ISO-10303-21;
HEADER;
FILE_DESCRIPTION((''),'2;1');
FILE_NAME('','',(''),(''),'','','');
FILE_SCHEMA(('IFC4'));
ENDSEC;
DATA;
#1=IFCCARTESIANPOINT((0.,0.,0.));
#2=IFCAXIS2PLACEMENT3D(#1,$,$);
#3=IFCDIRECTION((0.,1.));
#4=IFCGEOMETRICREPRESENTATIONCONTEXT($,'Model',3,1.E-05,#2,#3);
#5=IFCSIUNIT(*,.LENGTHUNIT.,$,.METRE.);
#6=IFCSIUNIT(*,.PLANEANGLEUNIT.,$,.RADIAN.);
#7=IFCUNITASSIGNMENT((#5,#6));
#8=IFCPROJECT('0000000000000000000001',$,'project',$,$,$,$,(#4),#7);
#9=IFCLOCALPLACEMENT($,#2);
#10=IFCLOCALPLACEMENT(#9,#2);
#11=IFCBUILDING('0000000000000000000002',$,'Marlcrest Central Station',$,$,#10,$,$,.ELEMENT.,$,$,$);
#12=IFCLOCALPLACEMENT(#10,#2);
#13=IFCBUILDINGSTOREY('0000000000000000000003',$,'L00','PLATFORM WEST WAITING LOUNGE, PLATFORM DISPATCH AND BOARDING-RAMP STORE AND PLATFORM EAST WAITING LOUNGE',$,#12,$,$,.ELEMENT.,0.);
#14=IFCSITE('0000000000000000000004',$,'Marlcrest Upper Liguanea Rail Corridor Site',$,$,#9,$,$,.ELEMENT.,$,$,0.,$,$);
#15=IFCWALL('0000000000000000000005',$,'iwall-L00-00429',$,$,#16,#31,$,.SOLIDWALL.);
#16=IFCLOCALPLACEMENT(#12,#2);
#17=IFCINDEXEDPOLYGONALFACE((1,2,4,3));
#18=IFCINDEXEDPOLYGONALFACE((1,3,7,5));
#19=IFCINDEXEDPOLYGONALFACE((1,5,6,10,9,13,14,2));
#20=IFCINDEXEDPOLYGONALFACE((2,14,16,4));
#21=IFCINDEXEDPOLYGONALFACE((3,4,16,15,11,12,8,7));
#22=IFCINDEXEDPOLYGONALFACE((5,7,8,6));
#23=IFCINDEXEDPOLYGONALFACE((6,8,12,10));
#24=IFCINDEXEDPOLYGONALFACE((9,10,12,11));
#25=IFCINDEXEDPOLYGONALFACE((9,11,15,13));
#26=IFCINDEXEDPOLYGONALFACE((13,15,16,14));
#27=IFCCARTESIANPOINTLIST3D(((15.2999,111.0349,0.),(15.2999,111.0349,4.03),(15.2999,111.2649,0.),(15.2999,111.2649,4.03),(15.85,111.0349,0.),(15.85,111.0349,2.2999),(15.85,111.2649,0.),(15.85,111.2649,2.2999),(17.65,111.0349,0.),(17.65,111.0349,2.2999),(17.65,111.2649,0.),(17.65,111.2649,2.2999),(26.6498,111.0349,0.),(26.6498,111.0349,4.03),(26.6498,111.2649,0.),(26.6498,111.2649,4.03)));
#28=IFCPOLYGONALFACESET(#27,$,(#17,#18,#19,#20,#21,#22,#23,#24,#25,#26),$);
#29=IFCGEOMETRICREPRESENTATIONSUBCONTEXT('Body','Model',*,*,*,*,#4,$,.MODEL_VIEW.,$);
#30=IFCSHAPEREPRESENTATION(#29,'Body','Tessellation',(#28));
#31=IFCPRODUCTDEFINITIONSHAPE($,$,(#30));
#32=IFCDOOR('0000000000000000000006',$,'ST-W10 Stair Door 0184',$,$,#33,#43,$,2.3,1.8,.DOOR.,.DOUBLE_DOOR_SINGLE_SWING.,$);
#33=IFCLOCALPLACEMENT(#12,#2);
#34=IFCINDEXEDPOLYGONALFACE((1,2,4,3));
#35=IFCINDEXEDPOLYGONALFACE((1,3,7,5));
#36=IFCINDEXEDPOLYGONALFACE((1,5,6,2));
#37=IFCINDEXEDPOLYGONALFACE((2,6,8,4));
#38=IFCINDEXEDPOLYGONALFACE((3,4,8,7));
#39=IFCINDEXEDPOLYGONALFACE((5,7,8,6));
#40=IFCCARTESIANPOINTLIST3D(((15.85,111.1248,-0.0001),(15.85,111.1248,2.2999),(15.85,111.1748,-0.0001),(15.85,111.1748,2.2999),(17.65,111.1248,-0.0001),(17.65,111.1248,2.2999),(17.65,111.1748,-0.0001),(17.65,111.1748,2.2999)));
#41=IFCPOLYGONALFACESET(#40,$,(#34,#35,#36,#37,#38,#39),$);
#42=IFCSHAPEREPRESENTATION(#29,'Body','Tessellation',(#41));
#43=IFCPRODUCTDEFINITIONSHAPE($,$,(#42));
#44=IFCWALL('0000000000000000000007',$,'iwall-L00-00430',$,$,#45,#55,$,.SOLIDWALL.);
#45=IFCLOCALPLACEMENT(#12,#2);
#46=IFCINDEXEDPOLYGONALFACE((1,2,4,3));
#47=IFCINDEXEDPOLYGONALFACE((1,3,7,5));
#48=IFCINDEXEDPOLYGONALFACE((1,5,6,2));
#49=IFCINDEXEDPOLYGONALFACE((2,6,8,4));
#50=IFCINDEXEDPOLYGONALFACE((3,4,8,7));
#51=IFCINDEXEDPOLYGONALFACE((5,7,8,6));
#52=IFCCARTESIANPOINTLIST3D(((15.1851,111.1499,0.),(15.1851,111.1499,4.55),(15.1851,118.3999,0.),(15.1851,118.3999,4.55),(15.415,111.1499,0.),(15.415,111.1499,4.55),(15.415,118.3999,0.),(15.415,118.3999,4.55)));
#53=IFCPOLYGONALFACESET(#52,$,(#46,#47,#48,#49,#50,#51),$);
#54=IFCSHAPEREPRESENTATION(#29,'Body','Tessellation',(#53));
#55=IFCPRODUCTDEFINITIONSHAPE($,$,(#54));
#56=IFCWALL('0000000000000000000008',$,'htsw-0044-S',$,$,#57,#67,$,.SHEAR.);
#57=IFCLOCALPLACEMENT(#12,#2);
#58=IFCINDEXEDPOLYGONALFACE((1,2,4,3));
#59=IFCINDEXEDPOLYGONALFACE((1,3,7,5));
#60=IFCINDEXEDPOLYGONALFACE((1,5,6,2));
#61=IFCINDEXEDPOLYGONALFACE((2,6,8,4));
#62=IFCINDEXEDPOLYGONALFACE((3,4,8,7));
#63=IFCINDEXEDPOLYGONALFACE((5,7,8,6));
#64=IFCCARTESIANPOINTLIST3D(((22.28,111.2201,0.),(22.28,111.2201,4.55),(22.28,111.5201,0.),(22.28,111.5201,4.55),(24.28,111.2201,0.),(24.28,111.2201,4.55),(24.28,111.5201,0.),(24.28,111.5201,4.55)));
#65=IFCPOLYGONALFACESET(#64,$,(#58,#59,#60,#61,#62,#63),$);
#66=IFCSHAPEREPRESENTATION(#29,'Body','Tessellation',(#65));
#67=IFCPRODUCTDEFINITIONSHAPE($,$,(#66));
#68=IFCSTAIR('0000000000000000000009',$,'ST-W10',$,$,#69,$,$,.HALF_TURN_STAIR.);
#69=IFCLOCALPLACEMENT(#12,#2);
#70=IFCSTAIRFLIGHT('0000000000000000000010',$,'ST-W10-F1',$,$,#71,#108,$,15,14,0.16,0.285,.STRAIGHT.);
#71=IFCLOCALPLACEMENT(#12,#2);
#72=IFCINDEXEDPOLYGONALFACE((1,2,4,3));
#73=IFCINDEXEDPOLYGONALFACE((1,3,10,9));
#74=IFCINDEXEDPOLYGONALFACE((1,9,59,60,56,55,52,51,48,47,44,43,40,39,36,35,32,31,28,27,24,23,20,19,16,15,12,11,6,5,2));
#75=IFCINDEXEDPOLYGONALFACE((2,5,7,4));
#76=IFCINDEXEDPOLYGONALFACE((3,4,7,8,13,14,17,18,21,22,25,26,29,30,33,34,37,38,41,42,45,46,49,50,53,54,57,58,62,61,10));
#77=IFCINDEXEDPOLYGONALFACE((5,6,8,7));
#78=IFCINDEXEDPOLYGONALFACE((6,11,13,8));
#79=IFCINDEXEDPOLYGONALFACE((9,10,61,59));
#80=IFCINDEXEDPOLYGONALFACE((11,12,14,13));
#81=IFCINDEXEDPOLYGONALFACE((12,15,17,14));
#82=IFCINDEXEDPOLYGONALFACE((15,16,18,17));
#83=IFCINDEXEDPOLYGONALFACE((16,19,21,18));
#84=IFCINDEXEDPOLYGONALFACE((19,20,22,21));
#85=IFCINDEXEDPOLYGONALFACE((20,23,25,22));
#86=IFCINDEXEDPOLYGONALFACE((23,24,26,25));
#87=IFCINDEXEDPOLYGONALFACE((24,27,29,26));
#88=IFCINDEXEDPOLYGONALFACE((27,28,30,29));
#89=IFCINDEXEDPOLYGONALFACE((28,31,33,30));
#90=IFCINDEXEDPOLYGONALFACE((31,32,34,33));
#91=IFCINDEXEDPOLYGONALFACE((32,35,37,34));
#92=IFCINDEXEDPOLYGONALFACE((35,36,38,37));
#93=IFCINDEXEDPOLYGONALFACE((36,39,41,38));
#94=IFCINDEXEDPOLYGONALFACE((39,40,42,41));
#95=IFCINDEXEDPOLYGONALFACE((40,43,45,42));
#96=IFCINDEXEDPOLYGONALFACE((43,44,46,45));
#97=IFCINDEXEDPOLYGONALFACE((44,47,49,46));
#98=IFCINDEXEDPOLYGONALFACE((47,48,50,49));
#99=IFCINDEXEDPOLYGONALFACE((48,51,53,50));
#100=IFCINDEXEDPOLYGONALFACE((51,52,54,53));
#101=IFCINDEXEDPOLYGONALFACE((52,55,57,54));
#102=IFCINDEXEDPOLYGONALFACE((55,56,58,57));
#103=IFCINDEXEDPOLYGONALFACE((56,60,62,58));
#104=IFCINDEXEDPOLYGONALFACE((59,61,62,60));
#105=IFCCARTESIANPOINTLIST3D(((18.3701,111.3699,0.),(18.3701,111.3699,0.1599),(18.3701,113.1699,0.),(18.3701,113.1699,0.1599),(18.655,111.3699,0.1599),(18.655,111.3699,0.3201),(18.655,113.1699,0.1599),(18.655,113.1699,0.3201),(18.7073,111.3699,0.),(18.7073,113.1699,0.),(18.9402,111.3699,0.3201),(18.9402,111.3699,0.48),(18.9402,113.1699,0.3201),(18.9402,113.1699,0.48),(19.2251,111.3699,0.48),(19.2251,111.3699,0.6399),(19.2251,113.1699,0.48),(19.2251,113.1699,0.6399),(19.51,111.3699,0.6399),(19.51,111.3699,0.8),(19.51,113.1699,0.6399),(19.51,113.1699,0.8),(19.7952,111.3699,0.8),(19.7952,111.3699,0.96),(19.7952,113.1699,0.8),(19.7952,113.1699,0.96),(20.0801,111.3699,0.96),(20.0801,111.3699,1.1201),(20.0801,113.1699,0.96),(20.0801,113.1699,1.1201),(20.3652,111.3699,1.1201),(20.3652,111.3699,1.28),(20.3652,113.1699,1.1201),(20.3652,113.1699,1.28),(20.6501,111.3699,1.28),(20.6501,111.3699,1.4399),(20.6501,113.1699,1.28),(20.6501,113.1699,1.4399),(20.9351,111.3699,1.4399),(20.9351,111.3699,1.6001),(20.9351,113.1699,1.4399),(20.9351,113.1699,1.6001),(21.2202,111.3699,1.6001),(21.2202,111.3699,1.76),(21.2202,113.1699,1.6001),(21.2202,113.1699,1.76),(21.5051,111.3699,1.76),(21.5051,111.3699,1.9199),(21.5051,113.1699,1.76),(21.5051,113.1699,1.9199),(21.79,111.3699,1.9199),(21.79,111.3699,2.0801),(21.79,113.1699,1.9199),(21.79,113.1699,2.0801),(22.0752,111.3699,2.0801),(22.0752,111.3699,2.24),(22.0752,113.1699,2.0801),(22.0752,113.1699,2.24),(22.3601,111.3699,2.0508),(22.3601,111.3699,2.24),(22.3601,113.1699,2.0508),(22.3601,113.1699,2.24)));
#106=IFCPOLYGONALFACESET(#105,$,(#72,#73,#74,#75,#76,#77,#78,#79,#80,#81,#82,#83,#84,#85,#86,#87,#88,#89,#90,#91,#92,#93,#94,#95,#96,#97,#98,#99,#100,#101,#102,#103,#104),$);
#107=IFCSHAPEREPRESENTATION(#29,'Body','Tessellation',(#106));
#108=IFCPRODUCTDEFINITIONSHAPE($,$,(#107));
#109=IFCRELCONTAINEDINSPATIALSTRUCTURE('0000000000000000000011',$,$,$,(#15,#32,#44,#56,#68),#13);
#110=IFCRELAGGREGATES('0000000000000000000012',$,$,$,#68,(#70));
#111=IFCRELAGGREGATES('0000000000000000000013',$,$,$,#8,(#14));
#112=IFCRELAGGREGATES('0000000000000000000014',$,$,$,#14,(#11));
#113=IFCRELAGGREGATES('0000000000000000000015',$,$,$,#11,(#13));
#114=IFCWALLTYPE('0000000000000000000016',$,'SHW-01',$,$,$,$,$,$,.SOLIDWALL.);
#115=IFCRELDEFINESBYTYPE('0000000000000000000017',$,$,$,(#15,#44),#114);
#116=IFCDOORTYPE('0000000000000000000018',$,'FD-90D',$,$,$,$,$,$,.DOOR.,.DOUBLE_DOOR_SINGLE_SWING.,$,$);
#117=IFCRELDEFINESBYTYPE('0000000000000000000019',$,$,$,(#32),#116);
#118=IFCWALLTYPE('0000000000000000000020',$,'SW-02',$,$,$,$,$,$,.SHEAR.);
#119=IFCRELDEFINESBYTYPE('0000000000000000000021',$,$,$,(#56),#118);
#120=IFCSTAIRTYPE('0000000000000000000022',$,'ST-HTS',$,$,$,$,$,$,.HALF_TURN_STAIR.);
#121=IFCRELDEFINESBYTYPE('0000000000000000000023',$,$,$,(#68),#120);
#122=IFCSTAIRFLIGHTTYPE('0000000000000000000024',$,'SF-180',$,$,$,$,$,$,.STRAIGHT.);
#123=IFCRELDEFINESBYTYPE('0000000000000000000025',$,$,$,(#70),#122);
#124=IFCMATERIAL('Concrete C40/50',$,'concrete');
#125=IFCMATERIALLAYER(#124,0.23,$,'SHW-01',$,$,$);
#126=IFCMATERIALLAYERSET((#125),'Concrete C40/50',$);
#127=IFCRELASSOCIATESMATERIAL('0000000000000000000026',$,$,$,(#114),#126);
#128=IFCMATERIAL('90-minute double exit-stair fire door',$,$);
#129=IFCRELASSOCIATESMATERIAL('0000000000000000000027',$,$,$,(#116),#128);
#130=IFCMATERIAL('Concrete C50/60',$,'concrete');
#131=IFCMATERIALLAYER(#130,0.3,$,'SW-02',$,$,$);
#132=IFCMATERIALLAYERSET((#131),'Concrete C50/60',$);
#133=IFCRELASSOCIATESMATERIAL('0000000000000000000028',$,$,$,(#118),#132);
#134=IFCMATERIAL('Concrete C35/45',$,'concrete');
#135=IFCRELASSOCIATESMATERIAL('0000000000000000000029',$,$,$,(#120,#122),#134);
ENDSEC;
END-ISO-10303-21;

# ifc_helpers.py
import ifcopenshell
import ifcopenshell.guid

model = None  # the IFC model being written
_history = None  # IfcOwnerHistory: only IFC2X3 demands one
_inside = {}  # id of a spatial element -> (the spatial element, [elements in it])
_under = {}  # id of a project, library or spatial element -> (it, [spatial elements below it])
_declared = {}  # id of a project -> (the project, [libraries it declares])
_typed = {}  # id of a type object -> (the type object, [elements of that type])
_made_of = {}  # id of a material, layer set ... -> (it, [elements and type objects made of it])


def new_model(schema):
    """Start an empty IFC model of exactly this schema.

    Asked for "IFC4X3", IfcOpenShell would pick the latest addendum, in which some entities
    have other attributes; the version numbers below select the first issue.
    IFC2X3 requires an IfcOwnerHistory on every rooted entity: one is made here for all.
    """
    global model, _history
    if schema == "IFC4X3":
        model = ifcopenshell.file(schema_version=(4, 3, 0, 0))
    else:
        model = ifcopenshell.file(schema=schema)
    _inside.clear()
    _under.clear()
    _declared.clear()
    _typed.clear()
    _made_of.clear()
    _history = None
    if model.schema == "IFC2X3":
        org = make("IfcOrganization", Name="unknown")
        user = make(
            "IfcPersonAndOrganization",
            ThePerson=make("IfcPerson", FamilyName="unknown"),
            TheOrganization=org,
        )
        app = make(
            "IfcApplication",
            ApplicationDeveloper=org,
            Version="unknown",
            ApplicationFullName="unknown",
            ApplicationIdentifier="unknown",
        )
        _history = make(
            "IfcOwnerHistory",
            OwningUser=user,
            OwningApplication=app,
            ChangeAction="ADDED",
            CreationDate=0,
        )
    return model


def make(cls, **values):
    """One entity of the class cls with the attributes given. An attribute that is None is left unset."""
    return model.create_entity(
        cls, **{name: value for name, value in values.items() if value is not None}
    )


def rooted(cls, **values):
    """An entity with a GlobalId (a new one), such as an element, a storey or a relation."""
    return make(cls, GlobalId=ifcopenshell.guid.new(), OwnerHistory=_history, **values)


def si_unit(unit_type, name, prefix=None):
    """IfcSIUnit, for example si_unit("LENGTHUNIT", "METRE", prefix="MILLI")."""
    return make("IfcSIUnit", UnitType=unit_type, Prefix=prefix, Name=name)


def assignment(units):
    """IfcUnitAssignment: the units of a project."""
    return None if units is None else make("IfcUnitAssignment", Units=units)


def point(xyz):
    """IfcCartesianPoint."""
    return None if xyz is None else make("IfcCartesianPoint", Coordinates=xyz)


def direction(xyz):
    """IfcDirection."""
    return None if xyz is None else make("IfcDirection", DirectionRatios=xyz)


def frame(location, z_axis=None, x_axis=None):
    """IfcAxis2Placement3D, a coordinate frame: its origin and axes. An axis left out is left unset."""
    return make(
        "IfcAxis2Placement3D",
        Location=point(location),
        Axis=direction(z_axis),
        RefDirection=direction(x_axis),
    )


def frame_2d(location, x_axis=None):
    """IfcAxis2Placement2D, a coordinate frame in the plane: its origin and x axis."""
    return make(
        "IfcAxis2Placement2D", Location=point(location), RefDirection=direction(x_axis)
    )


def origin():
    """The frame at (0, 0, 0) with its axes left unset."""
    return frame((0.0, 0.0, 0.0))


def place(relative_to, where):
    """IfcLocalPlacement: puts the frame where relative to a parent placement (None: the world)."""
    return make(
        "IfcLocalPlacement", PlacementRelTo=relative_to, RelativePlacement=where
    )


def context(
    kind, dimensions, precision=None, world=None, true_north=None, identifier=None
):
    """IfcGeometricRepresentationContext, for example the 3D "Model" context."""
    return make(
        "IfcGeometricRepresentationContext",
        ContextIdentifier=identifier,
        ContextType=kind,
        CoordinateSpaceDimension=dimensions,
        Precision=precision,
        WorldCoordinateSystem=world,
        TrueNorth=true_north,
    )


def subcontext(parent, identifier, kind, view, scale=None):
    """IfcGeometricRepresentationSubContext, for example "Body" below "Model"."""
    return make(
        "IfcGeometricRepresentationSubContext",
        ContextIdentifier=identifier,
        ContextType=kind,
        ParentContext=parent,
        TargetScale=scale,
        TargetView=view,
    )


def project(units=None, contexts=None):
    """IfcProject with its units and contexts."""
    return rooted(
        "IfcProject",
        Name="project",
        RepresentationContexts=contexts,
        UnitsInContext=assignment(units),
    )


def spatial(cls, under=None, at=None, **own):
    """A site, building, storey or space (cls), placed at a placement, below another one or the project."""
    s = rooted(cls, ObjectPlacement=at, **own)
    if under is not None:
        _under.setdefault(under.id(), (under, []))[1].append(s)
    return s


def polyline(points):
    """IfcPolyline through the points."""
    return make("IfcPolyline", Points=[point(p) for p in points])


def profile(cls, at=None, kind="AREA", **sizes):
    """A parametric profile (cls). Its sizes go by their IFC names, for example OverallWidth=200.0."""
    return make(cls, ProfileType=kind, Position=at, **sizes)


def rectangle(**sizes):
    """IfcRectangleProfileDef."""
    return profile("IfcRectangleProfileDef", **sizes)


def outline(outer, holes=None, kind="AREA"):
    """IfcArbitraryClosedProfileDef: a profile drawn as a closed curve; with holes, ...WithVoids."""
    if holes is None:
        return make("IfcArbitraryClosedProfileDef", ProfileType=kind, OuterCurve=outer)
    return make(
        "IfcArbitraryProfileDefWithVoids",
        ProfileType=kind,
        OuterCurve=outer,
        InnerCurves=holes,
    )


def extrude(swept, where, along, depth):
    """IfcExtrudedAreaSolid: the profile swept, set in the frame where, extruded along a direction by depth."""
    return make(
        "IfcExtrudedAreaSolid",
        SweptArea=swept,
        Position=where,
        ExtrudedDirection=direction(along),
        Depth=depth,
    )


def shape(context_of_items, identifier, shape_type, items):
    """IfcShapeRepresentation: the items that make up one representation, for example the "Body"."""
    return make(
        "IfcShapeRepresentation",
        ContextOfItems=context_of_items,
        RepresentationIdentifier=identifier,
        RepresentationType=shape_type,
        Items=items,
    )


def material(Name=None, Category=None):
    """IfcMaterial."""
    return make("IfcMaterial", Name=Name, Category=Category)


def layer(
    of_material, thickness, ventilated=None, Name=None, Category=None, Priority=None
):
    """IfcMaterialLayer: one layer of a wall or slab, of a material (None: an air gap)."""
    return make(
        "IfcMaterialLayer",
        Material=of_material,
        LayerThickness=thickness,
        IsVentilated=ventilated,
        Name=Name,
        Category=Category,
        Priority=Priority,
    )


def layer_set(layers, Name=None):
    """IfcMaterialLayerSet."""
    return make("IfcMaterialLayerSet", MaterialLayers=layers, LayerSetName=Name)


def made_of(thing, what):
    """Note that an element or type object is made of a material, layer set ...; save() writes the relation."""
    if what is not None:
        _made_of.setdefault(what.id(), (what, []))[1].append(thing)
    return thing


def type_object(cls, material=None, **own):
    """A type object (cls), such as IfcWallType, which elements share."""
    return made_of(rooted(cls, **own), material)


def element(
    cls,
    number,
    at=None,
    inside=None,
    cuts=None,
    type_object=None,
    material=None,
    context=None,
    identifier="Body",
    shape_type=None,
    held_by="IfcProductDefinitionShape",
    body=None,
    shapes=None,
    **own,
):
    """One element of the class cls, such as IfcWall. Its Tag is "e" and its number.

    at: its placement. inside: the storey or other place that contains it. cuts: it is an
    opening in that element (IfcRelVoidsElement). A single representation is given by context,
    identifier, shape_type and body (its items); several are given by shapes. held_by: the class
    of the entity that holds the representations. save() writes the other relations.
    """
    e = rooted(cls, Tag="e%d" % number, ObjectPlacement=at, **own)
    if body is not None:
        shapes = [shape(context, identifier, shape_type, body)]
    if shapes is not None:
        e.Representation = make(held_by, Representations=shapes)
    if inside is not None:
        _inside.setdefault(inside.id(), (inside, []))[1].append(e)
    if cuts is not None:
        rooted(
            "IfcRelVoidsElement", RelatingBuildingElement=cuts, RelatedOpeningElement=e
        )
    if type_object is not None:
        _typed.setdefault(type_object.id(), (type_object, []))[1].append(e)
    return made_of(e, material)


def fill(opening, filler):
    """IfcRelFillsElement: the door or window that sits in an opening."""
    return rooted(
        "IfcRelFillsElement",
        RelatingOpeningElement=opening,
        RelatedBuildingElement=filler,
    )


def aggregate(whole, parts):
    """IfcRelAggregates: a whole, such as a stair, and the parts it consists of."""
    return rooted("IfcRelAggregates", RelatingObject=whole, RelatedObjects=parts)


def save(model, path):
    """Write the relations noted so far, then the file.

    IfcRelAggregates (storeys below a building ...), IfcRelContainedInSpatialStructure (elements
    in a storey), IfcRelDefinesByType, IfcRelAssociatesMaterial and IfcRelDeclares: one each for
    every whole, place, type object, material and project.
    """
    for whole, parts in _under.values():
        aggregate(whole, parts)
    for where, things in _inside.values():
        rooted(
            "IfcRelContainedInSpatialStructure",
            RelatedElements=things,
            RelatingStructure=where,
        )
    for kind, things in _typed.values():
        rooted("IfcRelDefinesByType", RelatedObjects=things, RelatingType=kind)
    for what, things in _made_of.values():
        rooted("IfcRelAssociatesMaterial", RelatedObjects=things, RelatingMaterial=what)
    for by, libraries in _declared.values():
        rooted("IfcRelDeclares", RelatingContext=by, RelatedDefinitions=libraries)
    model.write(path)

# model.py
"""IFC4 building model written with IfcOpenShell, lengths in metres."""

from ifc_helpers import new_model, si_unit, direction, frame, frame_2d, origin, place, context, subcontext, project, spatial, polyline, rectangle, outline, extrude, material, layer, layer_set, type_object, element, fill, aggregate, save


model = new_model("IFC4")

# Units and contexts
model_context = context("Model", 3, precision=1e-05, world=origin(), true_north=direction((0.0, 1.0)))
body_context = subcontext(model_context, "Body", "Model", "MODEL_VIEW")
ifc_project = project(units=[si_unit("LENGTHUNIT", "METRE"), si_unit("PLANEANGLEUNIT", "RADIAN")], contexts=[model_context])

# Site, building, storey
site_placement = place(None, origin())
site = spatial("IfcSite", under=ifc_project, at=site_placement, Name="Marlcrest Upper Liguanea Rail Corridor Site", CompositionType="ELEMENT", RefElevation=0.0)
building_placement = place(site_placement, origin())
building = spatial("IfcBuilding", under=site, at=building_placement, Name="Marlcrest Central Station", CompositionType="ELEMENT")
storey_placement = place(building_placement, origin())
storey = spatial("IfcBuildingStorey", under=building, at=storey_placement, Name="L00", Description="PLATFORM WEST WAITING LOUNGE, PLATFORM DISPATCH AND BOARDING-RAMP STORE AND PLATFORM EAST WAITING LOUNGE", CompositionType="ELEMENT", Elevation=0.0)

# Wall, opening, door
ifc_material_1 = material(Name="Concrete C40/50", Category="concrete")
ifc_layer_1 = layer(ifc_material_1, 0.23, Name="SHW-01")
ifc_layer_set_1 = layer_set([ifc_layer_1], Name="Concrete C40/50")
wall_type_1 = type_object("IfcWallType", Name="SHW-01", PredefinedType="SOLIDWALL", material=ifc_layer_set_1)
wall_1_placement = place(storey_placement, frame((15.3, 111.1499, 0.0), z_axis=(0.0, 0.0, 1.0), x_axis=(1.0, 0.0, 0.0)))
wall_1 = element("IfcWall", 1, at=wall_1_placement, inside=storey, type_object=wall_type_1, Name="iwall-L00-00429", PredefinedType="SOLIDWALL", context=body_context, shape_type="SweptSolid", body=[
    extrude(rectangle(XDim=11.3499, YDim=0.23, at=frame_2d((5.6748, 0.0))), origin(), (0.0, 0.0, 1.0), 4.03),
])
opening_1_placement = place(wall_1_placement, frame((0.55, 0.0, 0.0)))
opening_1 = element("IfcOpeningElement", 2, at=opening_1_placement, cuts=wall_1, PredefinedType="OPENING", context=body_context, shape_type="SweptSolid", body=[
    extrude(rectangle(XDim=1.8, YDim=2.3, at=frame_2d((0.8999, 1.1499))), frame((0.0, 0.125, 0.0), z_axis=(0.0, -1.0, 0.0), x_axis=(1.0, 0.0, 0.0)), (0.0, 0.0, 1.0), 0.25),
])
ifc_material_2 = material(Name="90-minute double exit-stair fire door")
door_type_1 = type_object("IfcDoorType", Name="FD-90D", OperationType="DOUBLE_DOOR_SINGLE_SWING", PredefinedType="DOOR", material=ifc_material_2)
door_1_placement = place(opening_1_placement, origin())
door_1 = element("IfcDoor", 3, at=door_1_placement, inside=storey, type_object=door_type_1, Name="ST-W10 Stair Door 0184", OperationType="DOUBLE_DOOR_SINGLE_SWING", OverallHeight=2.3, OverallWidth=1.8, PredefinedType="DOOR", context=body_context, shape_type="SweptSolid", body=[
    extrude(rectangle(XDim=1.8, YDim=2.3, at=frame_2d((0.8999, 1.1499))), frame((0.0, 0.0249, 0.0), z_axis=(0.0, -1.0, 0.0), x_axis=(1.0, 0.0, 0.0)), (0.0, 0.0, 1.0), 0.05),
])
fill(opening_1, door_1)

# Walls
wall_2_placement = place(storey_placement, frame((15.3, 111.1499, 0.0), z_axis=(0.0, 0.0, 1.0), x_axis=(0.0, 1.0, 0.0)))
element("IfcWall", 4, at=wall_2_placement, inside=storey, type_object=wall_type_1, Name="iwall-L00-00430", PredefinedType="SOLIDWALL", context=body_context, shape_type="SweptSolid", body=[
    extrude(rectangle(XDim=7.25, YDim=0.23, at=frame_2d((3.625, 0.0))), origin(), (0.0, 0.0, 1.0), 4.55),
])
ifc_material_3 = material(Name="Concrete C50/60", Category="concrete")
ifc_layer_2 = layer(ifc_material_3, 0.3, Name="SW-02")
ifc_layer_set_2 = layer_set([ifc_layer_2], Name="Concrete C50/60")
wall_type_2 = type_object("IfcWallType", Name="SW-02", PredefinedType="SHEAR", material=ifc_layer_set_2)
wall_3_placement = place(storey_placement, frame((22.28, 111.3701, 0.0), z_axis=(0.0, 0.0, 1.0), x_axis=(1.0, 0.0, 0.0)))
element("IfcWall", 5, at=wall_3_placement, inside=storey, type_object=wall_type_2, Name="htsw-0044-S", PredefinedType="SHEAR", context=body_context, shape_type="SweptSolid", body=[
    extrude(rectangle(XDim=2.0, YDim=0.3, at=frame_2d((1.0, 0.0))), origin(), (0.0, 0.0, 1.0), 4.55),
])

# Stair, stair flight
ifc_material_4 = material(Name="Concrete C35/45", Category="concrete")
stair_type = type_object("IfcStairType", Name="ST-HTS", PredefinedType="HALF_TURN_STAIR", material=ifc_material_4)
stair_placement = place(storey_placement, origin())
stair = element("IfcStair", 6, at=stair_placement, inside=storey, type_object=stair_type, Name="ST-W10", PredefinedType="HALF_TURN_STAIR")
stair_flight_type = type_object("IfcStairFlightType", Name="SF-180", PredefinedType="STRAIGHT", material=ifc_material_4)
stair_flight_placement = place(storey_placement, frame((18.3701, 112.27, 0.0), z_axis=(0.0, 0.0, 1.0), x_axis=(1.0, 0.0, 0.0)))
stair_flight = element("IfcStairFlight", 7, at=stair_flight_placement, type_object=stair_flight_type, Name="ST-W10-F1", NumberOfRisers=15, NumberOfTreads=14, PredefinedType="STRAIGHT", RiserHeight=0.16, TreadLength=0.285, context=body_context, shape_type="SweptSolid", body=[
    extrude(outline(polyline([(0.0, 0.0), (0.0, 0.1599), (0.2849, 0.1599), (0.2849, 0.3201), (0.5701, 0.3201), (0.5701, 0.48), (0.855, 0.48), (0.855, 0.6399), (1.1399, 0.6399), (1.1399, 0.8), (1.425, 0.8), (1.425, 0.96), (1.71, 0.96), (1.71, 1.1201), (1.9951, 1.1201), (1.9951, 1.28), (2.28, 1.28), (2.28, 1.4399), (2.5649, 1.4399), (2.5649, 1.6001), (2.8501, 1.6001), (2.8501, 1.76), (3.135, 1.76), (3.135, 1.9199), (3.4199, 1.9199), (3.4199, 2.0801), (3.7051, 2.0801), (3.7051, 2.24), (3.99, 2.24), (3.99, 2.3999), (3.99, 2.0508), (0.3372, 0.0), (0.0, 0.0)])), frame((0.0, 0.8999, 0.0), z_axis=(0.0, -1.0, 0.0), x_axis=(1.0, 0.0, 0.0)), (0.0, 0.0, 1.0), 1.8),
])
aggregate(stair, [stair_flight])

save(model, "model.ifc")
